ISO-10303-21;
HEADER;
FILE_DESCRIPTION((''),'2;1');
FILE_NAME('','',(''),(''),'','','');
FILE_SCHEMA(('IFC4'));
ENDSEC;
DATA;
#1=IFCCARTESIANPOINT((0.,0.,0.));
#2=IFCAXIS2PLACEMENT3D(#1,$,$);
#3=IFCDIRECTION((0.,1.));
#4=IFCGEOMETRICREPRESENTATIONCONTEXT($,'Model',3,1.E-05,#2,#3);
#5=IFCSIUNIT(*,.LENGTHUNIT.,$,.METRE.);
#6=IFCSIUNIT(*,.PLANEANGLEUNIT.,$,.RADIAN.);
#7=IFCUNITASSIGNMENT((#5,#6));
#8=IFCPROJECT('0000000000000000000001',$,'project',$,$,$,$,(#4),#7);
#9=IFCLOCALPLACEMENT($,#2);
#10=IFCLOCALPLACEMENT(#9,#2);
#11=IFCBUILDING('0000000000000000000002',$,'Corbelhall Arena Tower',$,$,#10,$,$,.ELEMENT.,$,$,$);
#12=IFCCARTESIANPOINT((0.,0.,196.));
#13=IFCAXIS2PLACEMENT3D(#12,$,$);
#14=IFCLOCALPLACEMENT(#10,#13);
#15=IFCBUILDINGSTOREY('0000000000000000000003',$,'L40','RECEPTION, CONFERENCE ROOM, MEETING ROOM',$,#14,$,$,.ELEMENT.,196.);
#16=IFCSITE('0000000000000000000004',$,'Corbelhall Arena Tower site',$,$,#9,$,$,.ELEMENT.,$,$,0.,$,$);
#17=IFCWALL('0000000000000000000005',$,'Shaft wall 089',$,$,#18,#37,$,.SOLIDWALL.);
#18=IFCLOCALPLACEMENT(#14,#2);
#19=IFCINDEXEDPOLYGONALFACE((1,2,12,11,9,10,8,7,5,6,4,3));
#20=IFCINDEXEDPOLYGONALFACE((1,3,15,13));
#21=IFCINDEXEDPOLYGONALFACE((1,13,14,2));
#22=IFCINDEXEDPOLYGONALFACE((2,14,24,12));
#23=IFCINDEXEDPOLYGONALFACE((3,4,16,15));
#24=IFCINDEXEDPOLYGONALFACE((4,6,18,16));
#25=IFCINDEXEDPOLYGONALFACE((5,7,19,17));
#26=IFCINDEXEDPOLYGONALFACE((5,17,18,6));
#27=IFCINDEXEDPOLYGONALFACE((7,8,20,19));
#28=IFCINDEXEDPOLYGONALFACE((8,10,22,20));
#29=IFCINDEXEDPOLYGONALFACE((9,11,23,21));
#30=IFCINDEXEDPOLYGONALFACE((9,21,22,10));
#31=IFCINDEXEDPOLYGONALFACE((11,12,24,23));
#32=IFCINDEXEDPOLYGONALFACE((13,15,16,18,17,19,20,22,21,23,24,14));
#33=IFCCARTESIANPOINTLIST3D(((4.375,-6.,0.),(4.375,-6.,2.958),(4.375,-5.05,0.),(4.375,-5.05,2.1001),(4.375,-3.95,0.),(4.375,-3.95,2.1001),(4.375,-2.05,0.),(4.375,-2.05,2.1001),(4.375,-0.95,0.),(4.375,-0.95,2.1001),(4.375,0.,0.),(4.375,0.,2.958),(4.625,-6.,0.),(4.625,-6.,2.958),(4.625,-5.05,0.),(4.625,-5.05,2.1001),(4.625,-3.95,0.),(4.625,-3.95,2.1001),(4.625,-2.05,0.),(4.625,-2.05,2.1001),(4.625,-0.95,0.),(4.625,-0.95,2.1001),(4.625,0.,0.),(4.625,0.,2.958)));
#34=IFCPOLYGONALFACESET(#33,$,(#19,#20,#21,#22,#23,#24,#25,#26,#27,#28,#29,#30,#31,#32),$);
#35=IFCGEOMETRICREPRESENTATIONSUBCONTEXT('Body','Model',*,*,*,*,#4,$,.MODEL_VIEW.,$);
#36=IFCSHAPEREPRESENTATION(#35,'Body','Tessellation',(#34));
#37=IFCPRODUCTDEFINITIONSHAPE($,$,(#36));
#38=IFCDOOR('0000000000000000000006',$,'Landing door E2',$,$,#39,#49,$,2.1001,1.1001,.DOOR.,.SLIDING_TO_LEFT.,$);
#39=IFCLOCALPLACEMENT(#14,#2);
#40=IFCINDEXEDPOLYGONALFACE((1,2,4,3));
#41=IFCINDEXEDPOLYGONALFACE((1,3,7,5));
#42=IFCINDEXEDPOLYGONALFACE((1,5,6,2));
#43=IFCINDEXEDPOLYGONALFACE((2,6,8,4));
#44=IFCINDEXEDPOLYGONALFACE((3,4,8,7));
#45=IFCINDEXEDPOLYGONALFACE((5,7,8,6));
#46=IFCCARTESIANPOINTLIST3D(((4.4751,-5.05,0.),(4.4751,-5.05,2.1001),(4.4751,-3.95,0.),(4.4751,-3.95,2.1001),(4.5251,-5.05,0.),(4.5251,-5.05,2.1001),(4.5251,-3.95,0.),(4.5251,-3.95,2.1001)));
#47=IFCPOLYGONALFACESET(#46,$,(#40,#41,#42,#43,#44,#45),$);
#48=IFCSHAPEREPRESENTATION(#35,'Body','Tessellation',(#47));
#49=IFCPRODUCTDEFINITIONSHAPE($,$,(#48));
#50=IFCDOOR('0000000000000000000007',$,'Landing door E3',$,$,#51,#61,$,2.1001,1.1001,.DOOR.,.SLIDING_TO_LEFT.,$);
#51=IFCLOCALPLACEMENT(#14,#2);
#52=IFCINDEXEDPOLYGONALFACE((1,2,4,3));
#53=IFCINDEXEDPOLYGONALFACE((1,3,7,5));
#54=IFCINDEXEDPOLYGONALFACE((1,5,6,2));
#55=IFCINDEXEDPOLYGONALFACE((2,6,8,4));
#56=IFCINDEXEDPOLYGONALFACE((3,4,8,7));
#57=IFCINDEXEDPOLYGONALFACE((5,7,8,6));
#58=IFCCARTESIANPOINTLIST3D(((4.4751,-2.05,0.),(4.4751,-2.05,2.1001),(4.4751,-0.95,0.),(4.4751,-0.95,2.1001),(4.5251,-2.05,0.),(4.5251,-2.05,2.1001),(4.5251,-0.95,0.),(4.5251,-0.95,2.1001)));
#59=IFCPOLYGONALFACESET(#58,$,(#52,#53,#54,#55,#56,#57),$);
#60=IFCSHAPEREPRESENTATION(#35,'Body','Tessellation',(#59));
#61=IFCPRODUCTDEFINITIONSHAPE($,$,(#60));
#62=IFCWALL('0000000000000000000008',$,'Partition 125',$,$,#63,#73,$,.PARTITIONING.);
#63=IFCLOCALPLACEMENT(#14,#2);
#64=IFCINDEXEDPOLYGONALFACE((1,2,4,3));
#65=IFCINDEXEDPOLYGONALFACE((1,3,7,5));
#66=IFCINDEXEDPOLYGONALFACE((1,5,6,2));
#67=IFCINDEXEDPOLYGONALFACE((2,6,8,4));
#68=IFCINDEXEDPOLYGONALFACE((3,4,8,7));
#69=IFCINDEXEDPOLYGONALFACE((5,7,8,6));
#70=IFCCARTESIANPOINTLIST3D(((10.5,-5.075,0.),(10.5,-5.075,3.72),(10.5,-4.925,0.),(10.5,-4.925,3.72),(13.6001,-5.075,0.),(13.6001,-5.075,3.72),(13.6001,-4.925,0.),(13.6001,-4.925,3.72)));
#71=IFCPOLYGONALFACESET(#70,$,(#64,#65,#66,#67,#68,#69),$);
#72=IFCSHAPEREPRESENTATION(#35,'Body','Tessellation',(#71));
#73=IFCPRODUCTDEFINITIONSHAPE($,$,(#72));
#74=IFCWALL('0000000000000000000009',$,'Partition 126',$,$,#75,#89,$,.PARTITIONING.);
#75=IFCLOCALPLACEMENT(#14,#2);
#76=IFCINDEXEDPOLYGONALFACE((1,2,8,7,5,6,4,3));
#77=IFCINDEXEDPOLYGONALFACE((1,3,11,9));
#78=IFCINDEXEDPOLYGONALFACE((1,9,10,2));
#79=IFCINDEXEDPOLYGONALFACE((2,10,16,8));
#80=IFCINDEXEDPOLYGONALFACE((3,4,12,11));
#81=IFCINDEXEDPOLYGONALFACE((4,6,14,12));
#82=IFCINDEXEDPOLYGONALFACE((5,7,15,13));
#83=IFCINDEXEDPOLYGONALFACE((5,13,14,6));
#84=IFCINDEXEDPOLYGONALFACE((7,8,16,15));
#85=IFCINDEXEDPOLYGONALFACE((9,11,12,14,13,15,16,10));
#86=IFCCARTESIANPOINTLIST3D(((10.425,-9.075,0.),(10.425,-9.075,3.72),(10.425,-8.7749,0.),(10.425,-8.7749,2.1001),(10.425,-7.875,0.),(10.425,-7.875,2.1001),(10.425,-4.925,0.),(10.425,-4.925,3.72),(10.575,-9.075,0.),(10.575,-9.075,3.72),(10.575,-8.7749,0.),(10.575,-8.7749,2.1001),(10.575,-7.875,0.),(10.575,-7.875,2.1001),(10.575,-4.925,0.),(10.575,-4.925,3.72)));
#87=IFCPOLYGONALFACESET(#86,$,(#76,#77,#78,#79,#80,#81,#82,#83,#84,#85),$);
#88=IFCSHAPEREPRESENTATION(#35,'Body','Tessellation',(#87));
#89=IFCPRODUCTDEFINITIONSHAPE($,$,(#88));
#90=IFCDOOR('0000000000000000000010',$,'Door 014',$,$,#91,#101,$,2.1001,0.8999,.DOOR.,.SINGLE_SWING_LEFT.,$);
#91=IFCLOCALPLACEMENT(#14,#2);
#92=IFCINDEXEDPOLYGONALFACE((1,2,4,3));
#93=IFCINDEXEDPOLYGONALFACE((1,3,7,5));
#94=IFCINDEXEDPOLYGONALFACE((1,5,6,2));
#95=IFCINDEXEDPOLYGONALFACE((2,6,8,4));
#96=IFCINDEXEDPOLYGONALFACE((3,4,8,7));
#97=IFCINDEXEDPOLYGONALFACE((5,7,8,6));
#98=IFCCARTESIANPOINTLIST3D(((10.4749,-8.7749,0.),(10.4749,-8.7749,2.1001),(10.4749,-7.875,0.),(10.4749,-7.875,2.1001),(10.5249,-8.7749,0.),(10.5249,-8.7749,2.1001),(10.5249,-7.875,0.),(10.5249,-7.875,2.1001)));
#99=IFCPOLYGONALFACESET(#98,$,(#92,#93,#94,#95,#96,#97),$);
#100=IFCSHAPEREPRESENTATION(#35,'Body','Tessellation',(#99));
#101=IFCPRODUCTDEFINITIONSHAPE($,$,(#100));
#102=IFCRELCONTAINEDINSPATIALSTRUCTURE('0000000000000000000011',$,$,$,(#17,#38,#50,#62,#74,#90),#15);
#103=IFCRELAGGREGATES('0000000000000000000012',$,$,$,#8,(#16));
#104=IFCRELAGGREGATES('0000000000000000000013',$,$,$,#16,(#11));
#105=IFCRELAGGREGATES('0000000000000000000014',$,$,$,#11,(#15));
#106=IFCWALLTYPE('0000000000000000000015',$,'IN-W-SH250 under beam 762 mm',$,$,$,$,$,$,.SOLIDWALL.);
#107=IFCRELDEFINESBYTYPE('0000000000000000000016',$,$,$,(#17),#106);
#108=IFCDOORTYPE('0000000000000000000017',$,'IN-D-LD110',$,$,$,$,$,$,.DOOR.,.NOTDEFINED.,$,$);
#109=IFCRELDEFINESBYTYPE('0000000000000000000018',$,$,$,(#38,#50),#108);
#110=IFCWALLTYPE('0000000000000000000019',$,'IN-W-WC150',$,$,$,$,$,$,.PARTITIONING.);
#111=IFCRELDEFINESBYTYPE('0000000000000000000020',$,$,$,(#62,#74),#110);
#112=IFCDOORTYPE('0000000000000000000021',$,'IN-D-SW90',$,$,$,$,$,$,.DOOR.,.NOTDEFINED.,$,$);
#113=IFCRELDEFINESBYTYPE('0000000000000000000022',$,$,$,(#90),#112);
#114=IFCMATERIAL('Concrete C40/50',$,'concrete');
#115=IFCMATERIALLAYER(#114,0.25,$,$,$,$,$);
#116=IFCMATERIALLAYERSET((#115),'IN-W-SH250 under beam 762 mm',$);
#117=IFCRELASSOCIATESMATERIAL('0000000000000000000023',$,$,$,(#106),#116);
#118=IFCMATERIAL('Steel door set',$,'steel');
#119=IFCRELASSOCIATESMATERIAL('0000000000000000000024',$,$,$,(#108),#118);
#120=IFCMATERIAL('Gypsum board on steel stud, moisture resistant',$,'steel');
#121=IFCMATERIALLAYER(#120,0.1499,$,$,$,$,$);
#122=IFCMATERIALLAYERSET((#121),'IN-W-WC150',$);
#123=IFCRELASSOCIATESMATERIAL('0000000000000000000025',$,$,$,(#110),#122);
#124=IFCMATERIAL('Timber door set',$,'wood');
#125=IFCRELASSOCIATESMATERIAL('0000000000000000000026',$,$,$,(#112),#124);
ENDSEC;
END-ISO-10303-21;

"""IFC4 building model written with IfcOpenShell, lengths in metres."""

from ifc_helpers import new_model, si_unit, direction, frame, frame_2d, origin, place, context, subcontext, project, spatial, rectangle, extrude, material, layer, layer_set, type_object, element, fill, save


model = new_model("IFC4")

# Units and contexts
model_context = context("Model", 3, precision=1e-05, world=origin(), true_north=direction((0.0, 1.0)))
body_context = subcontext(model_context, "Body", "Model", "MODEL_VIEW")
ifc_project = project(units=[si_unit("LENGTHUNIT", "METRE"), si_unit("PLANEANGLEUNIT", "RADIAN")], contexts=[model_context])

# Site, building, storey
site_placement = place(None, origin())
site = spatial("IfcSite", under=ifc_project, at=site_placement, Name="Corbelhall Arena Tower site", CompositionType="ELEMENT", RefElevation=0.0)
building_placement = place(site_placement, origin())
building = spatial("IfcBuilding", under=site, at=building_placement, Name="Corbelhall Arena Tower", CompositionType="ELEMENT")
storey_placement = place(building_placement, frame((0.0, 0.0, 196.0)))
storey = spatial("IfcBuildingStorey", under=building, at=storey_placement, Name="L40", Description="RECEPTION, CONFERENCE ROOM, MEETING ROOM", CompositionType="ELEMENT", Elevation=196.0)

# Shared definitions
ifc_material_1 = material(Name="Steel door set", Category="steel")

# Shared definitions
ifc_material_2 = material(Name="Concrete C40/50", Category="concrete")

# Wall, openings, doors
ifc_layer_1 = layer(ifc_material_2, 0.25)
ifc_layer_set_1 = layer_set([ifc_layer_1], Name="IN-W-SH250 under beam 762 mm")
wall_type_1 = type_object("IfcWallType", Name="IN-W-SH250 under beam 762 mm", PredefinedType="SOLIDWALL", material=ifc_layer_set_1)
wall_1_placement = place(storey_placement, frame((4.5, -6.0, 0.0), z_axis=(0.0, 0.0, 1.0), x_axis=(0.0, 1.0, 0.0)))
wall_1 = element("IfcWall", 1, at=wall_1_placement, inside=storey, type_object=wall_type_1, Name="Shaft wall 089", PredefinedType="SOLIDWALL", context=body_context, shape_type="SweptSolid", body=[
    extrude(rectangle(XDim=6.0, YDim=0.25, at=frame_2d((3.0, 0.0))), origin(), (0.0, 0.0, 1.0), 2.958),
])
opening_1_placement = place(wall_1_placement, frame((0.95, 0.0, 0.0)))
opening_1 = element("IfcOpeningElement", 2, at=opening_1_placement, cuts=wall_1, PredefinedType="OPENING", context=body_context, shape_type="SweptSolid", body=[
    extrude(rectangle(XDim=1.1001, YDim=2.1001, at=frame_2d((0.55, 1.05))), frame((0.0, 0.125, 0.0), z_axis=(0.0, -1.0, 0.0), x_axis=(1.0, 0.0, 0.0)), (0.0, 0.0, 1.0), 0.25),
])
opening_2_placement = place(wall_1_placement, frame((3.95, 0.0, 0.0)))
opening_2 = element("IfcOpeningElement", 3, at=opening_2_placement, cuts=wall_1, PredefinedType="OPENING", context=body_context, shape_type="SweptSolid", body=[
    extrude(rectangle(XDim=1.1001, YDim=2.1001, at=frame_2d((0.55, 1.05))), frame((0.0, 0.125, 0.0), z_axis=(0.0, -1.0, 0.0), x_axis=(1.0, 0.0, 0.0)), (0.0, 0.0, 1.0), 0.25),
])
door_type_1 = type_object("IfcDoorType", Name="IN-D-LD110", OperationType="NOTDEFINED", PredefinedType="DOOR", material=ifc_material_1)
door_1_placement = place(opening_1_placement, origin())
door_1 = element("IfcDoor", 4, at=door_1_placement, inside=storey, type_object=door_type_1, Name="Landing door E2", OperationType="SLIDING_TO_LEFT", OverallHeight=2.1001, OverallWidth=1.1001, PredefinedType="DOOR", context=body_context, shape_type="SweptSolid", body=[
    extrude(rectangle(XDim=1.1001, YDim=2.1001, at=frame_2d((0.55, 1.05))), frame((0.0, 0.0249, 0.0), z_axis=(0.0, -1.0, 0.0), x_axis=(1.0, 0.0, 0.0)), (0.0, 0.0, 1.0), 0.05),
])
fill(opening_1, door_1)
door_2_placement = place(opening_2_placement, origin())
door_2 = element("IfcDoor", 5, at=door_2_placement, inside=storey, type_object=door_type_1, Name="Landing door E3", OperationType="SLIDING_TO_LEFT", OverallHeight=2.1001, OverallWidth=1.1001, PredefinedType="DOOR", context=body_context, shape_type="SweptSolid", body=[
    extrude(rectangle(XDim=1.1001, YDim=2.1001, at=frame_2d((0.55, 1.05))), frame((0.0, 0.0249, 0.0), z_axis=(0.0, -1.0, 0.0), x_axis=(1.0, 0.0, 0.0)), (0.0, 0.0, 1.0), 0.05),
])
fill(opening_2, door_2)

# Wall
ifc_material_3 = material(Name="Gypsum board on steel stud, moisture resistant", Category="steel")
ifc_layer_2 = layer(ifc_material_3, 0.1499)
ifc_layer_set_2 = layer_set([ifc_layer_2], Name="IN-W-WC150")
wall_type_2 = type_object("IfcWallType", Name="IN-W-WC150", PredefinedType="PARTITIONING", material=ifc_layer_set_2)
wall_2_placement = place(storey_placement, frame((10.5, -5.0, 0.0), z_axis=(0.0, 0.0, 1.0), x_axis=(1.0, 0.0, 0.0)))
element("IfcWall", 6, at=wall_2_placement, inside=storey, type_object=wall_type_2, Name="Partition 125", PredefinedType="PARTITIONING", context=body_context, shape_type="SweptSolid", body=[
    extrude(rectangle(XDim=3.1001, YDim=0.1499, at=frame_2d((1.55, 0.0))), origin(), (0.0, 0.0, 1.0), 3.72),
])

# Wall, opening, door
wall_3_placement = place(storey_placement, frame((10.5, -4.925, 0.0), z_axis=(0.0, 0.0, 1.0), x_axis=(0.0, -1.0, 0.0)))
wall_3 = element("IfcWall", 7, at=wall_3_placement, inside=storey, type_object=wall_type_2, Name="Partition 126", PredefinedType="PARTITIONING", context=body_context, shape_type="SweptSolid", body=[
    extrude(rectangle(XDim=4.1499, YDim=0.1499, at=frame_2d((2.075, 0.0))), origin(), (0.0, 0.0, 1.0), 3.72),
])
opening_3_placement = place(wall_3_placement, frame((2.95, 0.0, 0.0)))
opening_3 = element("IfcOpeningElement", 8, at=opening_3_placement, cuts=wall_3, PredefinedType="OPENING", context=body_context, shape_type="SweptSolid", body=[
    extrude(rectangle(XDim=0.8999, YDim=2.1001, at=frame_2d((0.45, 1.05))), frame((0.0, 0.075, 0.0), z_axis=(0.0, -1.0, 0.0), x_axis=(1.0, 0.0, 0.0)), (0.0, 0.0, 1.0), 0.1499),
])
ifc_material_4 = material(Name="Timber door set", Category="wood")
door_type_2 = type_object("IfcDoorType", Name="IN-D-SW90", OperationType="NOTDEFINED", PredefinedType="DOOR", material=ifc_material_4)
door_3_placement = place(opening_3_placement, origin())
door_3 = element("IfcDoor", 9, at=door_3_placement, inside=storey, type_object=door_type_2, Name="Door 014", OperationType="SINGLE_SWING_LEFT", OverallHeight=2.1001, OverallWidth=0.8999, PredefinedType="DOOR", context=body_context, shape_type="SweptSolid", body=[
    extrude(rectangle(XDim=0.8999, YDim=2.1001, at=frame_2d((0.45, 1.05))), frame((0.0, 0.0249, 0.0), z_axis=(0.0, -1.0, 0.0), x_axis=(1.0, 0.0, 0.0)), (0.0, 0.0, 1.0), 0.05),
])
fill(opening_3, door_3)

save(model, "model.ifc")
